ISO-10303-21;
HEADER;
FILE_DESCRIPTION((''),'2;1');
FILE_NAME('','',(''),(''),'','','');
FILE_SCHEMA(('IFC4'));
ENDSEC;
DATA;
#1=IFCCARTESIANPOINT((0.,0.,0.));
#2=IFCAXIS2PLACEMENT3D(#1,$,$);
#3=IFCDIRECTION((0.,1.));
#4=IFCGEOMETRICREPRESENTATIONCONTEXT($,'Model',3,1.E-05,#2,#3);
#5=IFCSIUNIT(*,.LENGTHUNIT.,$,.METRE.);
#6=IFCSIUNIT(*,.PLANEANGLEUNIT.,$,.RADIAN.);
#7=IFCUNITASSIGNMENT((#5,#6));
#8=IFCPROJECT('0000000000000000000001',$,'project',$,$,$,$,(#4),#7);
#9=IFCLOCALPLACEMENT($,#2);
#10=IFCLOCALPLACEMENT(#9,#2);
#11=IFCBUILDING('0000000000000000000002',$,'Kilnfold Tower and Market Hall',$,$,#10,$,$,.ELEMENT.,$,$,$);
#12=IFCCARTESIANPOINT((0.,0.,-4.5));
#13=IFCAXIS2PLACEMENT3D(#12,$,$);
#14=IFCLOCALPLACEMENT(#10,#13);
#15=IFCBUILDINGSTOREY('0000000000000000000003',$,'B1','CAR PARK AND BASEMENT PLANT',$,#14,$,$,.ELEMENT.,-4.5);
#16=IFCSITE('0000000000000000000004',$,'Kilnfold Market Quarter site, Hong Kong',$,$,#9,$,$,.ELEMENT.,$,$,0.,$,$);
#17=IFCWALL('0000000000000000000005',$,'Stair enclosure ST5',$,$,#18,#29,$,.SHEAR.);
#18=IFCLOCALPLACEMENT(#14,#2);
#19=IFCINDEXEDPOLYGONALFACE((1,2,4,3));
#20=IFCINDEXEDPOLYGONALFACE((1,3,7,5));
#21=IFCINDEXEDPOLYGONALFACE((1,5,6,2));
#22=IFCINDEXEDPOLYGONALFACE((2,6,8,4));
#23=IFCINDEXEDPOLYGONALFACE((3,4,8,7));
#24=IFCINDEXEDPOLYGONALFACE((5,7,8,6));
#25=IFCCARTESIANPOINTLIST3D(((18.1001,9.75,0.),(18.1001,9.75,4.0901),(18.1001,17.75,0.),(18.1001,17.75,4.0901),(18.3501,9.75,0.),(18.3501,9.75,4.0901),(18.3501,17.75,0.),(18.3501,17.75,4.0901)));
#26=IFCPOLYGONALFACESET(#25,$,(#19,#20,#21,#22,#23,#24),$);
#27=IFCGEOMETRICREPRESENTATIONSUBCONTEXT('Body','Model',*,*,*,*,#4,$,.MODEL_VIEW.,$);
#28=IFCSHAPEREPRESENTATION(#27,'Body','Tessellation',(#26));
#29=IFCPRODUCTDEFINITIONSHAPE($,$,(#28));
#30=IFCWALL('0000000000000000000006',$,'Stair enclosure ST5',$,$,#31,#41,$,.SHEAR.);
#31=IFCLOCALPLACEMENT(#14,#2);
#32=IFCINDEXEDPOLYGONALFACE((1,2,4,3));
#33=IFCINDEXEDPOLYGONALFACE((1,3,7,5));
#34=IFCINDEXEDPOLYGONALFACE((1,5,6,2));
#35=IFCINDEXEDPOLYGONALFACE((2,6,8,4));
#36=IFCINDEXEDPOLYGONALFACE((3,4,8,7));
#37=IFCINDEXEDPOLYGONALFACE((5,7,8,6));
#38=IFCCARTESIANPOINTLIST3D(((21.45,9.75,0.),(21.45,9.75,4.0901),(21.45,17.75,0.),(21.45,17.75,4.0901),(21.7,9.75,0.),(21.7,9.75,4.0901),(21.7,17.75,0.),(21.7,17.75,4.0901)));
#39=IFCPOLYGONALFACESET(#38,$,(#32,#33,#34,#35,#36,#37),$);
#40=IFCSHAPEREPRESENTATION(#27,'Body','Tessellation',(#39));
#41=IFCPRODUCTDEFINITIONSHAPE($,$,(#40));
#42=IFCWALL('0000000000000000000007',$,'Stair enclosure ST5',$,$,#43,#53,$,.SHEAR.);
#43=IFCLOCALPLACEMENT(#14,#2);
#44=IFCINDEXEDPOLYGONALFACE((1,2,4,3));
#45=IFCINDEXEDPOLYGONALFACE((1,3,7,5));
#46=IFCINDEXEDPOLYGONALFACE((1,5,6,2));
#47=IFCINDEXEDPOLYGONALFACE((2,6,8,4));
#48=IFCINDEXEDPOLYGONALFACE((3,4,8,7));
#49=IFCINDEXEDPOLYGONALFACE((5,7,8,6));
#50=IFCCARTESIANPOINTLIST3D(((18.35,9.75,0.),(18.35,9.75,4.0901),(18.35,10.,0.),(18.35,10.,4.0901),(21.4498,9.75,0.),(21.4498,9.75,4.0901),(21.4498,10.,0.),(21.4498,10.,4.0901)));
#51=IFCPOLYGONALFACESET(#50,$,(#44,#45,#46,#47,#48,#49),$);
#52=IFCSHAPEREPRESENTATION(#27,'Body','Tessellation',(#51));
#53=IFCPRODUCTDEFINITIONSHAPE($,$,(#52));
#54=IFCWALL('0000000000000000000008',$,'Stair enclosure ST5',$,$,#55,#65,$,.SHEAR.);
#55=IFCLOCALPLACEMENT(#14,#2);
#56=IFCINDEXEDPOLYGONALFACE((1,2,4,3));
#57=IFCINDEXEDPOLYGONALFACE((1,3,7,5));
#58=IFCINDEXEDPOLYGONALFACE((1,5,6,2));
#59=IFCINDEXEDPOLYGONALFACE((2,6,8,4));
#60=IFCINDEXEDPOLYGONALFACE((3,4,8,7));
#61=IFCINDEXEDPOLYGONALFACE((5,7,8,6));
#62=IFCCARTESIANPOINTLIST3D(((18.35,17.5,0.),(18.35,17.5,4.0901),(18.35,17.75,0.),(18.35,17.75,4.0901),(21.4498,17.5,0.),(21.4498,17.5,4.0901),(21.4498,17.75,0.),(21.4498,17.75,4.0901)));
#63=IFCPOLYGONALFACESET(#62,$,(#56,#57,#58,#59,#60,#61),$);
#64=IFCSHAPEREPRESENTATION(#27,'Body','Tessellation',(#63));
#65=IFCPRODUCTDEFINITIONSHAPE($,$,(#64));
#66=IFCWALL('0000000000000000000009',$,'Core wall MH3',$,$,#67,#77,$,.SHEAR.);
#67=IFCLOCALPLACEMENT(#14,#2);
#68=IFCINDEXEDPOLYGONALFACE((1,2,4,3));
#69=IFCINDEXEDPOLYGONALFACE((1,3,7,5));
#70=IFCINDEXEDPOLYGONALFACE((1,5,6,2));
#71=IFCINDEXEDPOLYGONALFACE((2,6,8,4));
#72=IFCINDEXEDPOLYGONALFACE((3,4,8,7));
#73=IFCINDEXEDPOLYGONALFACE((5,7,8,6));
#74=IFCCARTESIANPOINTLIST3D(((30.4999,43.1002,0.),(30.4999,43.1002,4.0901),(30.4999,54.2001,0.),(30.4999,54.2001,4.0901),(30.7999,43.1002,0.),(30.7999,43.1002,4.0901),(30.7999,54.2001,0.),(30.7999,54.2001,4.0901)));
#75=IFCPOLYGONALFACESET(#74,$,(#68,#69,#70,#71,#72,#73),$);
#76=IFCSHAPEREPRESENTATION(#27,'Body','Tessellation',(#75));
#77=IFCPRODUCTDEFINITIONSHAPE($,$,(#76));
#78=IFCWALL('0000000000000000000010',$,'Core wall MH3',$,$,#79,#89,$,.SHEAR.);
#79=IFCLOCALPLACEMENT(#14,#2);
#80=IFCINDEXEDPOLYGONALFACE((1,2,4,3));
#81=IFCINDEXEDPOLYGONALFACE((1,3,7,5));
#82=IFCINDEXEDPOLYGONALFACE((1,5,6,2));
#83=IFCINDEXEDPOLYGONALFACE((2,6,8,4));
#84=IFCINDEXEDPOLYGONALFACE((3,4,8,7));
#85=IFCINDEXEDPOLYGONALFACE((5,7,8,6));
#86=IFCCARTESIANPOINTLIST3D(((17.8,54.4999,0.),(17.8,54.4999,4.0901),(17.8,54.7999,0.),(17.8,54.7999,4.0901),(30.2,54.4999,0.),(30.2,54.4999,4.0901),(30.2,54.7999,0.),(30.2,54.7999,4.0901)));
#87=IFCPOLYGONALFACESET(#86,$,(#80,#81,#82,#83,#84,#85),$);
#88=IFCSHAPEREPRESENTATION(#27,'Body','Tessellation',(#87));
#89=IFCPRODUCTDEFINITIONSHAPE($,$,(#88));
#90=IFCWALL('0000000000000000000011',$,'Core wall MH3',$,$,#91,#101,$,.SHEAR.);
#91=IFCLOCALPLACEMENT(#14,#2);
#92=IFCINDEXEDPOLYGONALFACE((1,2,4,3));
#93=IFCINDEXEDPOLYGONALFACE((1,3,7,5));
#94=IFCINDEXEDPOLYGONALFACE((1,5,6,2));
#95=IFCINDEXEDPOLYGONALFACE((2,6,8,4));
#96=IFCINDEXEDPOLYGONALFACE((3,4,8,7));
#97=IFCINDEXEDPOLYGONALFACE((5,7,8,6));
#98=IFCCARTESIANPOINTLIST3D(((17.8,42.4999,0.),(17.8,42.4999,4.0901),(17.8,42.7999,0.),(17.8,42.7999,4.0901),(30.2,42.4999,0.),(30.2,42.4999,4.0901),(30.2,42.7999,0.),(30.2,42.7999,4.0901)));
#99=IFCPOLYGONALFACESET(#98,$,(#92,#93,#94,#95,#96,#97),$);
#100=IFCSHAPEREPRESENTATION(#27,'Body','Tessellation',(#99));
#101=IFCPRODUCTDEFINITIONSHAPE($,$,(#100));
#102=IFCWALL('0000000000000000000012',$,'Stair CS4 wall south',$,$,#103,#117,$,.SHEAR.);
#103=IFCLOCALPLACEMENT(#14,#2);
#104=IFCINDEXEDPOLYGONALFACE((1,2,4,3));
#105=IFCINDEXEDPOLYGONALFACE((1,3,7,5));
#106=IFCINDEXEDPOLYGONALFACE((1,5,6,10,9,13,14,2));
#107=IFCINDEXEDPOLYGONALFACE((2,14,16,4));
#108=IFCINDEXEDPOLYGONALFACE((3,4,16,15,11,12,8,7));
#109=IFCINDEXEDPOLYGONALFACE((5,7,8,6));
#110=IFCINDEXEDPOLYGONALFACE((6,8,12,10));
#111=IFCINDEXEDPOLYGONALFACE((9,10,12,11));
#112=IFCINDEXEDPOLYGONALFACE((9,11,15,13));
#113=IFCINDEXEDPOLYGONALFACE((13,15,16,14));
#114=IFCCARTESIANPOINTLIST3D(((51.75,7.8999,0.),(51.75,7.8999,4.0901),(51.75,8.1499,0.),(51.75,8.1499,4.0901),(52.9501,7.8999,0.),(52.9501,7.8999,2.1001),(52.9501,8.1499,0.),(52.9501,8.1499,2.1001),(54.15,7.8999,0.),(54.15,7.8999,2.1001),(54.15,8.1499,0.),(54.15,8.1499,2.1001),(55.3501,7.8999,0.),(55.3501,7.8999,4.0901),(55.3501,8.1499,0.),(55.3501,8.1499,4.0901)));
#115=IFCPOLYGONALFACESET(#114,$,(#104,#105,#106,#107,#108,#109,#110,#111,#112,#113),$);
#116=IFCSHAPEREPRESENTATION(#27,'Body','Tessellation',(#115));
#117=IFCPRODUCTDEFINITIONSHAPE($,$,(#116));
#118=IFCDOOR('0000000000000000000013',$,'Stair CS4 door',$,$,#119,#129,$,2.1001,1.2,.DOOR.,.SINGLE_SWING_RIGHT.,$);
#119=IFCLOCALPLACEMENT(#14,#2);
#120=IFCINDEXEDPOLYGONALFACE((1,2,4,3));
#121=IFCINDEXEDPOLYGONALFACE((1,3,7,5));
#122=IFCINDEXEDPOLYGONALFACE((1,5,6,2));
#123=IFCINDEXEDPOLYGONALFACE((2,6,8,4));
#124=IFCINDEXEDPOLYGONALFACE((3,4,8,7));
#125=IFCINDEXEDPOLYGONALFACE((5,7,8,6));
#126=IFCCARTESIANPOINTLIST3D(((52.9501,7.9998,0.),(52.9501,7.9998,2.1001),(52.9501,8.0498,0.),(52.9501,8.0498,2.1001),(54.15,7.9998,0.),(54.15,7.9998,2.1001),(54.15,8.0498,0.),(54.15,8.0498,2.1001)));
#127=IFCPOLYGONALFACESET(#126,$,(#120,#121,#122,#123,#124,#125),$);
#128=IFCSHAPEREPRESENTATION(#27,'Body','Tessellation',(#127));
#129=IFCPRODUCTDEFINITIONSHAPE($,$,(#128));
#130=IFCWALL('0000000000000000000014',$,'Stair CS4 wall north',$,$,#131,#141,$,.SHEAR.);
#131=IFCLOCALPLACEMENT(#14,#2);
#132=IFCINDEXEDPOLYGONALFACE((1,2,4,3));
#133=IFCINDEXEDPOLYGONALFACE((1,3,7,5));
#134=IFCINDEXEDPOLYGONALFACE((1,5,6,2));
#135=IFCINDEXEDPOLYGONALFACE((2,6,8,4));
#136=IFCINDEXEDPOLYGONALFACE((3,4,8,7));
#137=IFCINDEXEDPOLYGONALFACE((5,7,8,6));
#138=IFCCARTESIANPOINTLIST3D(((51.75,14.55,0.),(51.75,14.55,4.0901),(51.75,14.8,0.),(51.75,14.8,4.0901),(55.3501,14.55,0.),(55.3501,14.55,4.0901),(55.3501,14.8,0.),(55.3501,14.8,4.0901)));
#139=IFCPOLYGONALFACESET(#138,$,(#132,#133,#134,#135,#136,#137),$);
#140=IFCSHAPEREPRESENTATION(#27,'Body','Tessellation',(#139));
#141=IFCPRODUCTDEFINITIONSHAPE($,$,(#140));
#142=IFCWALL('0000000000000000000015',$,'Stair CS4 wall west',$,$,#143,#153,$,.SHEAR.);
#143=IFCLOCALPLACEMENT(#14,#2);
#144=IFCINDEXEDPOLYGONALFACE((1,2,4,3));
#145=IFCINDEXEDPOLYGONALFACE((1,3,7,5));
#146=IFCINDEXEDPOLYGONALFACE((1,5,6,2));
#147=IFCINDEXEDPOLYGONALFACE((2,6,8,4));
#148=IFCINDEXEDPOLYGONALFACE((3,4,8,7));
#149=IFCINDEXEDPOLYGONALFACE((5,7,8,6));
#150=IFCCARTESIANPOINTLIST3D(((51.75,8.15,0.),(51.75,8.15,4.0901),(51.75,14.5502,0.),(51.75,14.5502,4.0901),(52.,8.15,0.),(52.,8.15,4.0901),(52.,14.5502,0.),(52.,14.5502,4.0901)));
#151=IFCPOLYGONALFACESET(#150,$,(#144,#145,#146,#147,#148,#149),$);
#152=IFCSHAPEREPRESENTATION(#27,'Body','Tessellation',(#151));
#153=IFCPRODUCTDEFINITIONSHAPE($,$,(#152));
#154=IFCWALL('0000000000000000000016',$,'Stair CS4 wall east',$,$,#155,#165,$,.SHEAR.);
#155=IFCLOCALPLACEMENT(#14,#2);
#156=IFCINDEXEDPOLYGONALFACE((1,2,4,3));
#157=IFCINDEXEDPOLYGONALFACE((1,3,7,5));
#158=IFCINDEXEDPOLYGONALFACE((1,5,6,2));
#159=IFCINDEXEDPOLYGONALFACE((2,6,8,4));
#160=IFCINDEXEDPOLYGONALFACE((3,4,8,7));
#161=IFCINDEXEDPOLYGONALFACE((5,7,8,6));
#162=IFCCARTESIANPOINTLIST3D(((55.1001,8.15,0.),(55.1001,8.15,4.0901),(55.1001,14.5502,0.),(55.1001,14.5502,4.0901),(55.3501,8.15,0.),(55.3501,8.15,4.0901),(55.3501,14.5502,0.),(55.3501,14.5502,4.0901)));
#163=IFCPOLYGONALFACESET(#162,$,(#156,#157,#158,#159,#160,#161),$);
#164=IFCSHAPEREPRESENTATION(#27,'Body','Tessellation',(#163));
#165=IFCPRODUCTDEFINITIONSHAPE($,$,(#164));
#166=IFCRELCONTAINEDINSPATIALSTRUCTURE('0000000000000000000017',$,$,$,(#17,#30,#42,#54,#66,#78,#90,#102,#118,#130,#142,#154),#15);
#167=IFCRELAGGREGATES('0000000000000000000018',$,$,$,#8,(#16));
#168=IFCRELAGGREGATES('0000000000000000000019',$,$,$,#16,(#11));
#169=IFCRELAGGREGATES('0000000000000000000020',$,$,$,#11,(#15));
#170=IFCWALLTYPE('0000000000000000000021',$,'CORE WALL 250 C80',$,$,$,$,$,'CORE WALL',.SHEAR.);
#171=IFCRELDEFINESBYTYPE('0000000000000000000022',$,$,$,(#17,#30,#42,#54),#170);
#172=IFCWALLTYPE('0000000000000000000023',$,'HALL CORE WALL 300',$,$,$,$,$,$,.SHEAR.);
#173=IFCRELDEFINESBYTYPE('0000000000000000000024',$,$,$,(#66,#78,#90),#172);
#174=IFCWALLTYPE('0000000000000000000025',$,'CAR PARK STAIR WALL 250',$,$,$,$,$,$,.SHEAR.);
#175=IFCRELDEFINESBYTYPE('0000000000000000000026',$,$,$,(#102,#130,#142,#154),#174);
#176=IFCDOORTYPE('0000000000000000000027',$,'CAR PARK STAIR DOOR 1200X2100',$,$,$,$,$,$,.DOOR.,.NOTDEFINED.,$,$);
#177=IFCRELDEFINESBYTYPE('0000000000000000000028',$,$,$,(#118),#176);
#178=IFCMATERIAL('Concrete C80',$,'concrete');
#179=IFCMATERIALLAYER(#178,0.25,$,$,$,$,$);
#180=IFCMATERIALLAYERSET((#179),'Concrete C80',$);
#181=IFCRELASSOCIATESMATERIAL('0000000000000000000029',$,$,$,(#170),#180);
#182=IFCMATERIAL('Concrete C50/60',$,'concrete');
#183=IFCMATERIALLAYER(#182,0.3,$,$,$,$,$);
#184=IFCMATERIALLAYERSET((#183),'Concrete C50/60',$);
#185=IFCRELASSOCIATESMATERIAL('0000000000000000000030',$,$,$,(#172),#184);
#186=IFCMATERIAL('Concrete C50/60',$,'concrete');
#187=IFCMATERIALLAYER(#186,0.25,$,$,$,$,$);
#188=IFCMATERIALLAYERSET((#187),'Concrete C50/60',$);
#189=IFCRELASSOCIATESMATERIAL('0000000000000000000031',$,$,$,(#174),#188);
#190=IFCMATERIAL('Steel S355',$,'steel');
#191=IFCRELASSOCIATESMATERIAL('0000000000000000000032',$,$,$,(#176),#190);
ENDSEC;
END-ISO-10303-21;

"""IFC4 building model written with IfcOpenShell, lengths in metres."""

from ifc_helpers import new_model, si_unit, direction, frame, frame_2d, origin, place, context, subcontext, project, spatial, rectangle, extrude, source, transform, mapped, material, layer, layer_set, type_object, element, fill, save


model = new_model("IFC4")

# Units and contexts
model_context = context("Model", 3, precision=1e-05, world=origin(), true_north=direction((0.0, 1.0)))
body_context = subcontext(model_context, "Body", "Model", "MODEL_VIEW")
ifc_project = project(units=[si_unit("LENGTHUNIT", "METRE"), si_unit("PLANEANGLEUNIT", "RADIAN")], contexts=[model_context])

# Site, building, storey
site_placement = place(None, origin())
site = spatial("IfcSite", under=ifc_project, at=site_placement, Name="Kilnfold Market Quarter site, Hong Kong", CompositionType="ELEMENT", RefElevation=0.0)
building_placement = place(site_placement, origin())
building = spatial("IfcBuilding", under=site, at=building_placement, Name="Kilnfold Tower and Market Hall", CompositionType="ELEMENT")
storey_placement = place(building_placement, frame((0.0, 0.0, -4.5)))
storey = spatial("IfcBuildingStorey", under=building, at=storey_placement, Name="B1", Description="CAR PARK AND BASEMENT PLANT", CompositionType="ELEMENT", Elevation=-4.5)

# Walls
ifc_material_1 = material(Name="Concrete C80", Category="concrete")
ifc_layer_1 = layer(ifc_material_1, 0.25)
ifc_layer_set_1 = layer_set([ifc_layer_1], Name="Concrete C80")
wall_type_1 = type_object("IfcWallType", Name="CORE WALL 250 C80", ElementType="CORE WALL", PredefinedType="SHEAR", material=ifc_layer_set_1)
shared_shape_1 = source(origin(), body_context, "Body", "SweptSolid", [
    extrude(rectangle(XDim=8.0, YDim=0.25, at=frame_2d((4.0, 0.0))), origin(), (0.0, 0.0, 1.0), 4.0901),
])
for number, where, z_axis, x_axis, name in (
    (1, (18.2251, 9.75, 0.0), (0.0, 0.0, 1.0), (0.0, 1.0, 0.0), "Stair enclosure ST5"),
    (2, (21.575, 9.75, 0.0), (0.0, 0.0, 1.0), (0.0, 1.0, 0.0), "Stair enclosure ST5"),
):
    element("IfcWall", number, at=place(storey_placement, frame(where, z_axis=z_axis, x_axis=x_axis)), inside=storey, type_object=wall_type_1, Name=name, PredefinedType="SHEAR", context=body_context, shape_type="MappedRepresentation", body=[
        mapped(shared_shape_1, transform((0.0, 0.0, 0.0))),
    ])
shared_shape_2 = source(origin(), body_context, "Body", "SweptSolid", [
    extrude(rectangle(XDim=3.0999, YDim=0.25, at=frame_2d((1.5498, 0.0))), origin(), (0.0, 0.0, 1.0), 4.0901),
])
for number, where, z_axis, x_axis, name in (
    (3, (18.3501, 9.875, 0.0), (0.0, 0.0, 1.0), (1.0, 0.0, 0.0), "Stair enclosure ST5"),
    (4, (18.3501, 17.625, 0.0), (0.0, 0.0, 1.0), (1.0, 0.0, 0.0), "Stair enclosure ST5"),
):
    element("IfcWall", number, at=place(storey_placement, frame(where, z_axis=z_axis, x_axis=x_axis)), inside=storey, type_object=wall_type_1, Name=name, PredefinedType="SHEAR", context=body_context, shape_type="MappedRepresentation", body=[
        mapped(shared_shape_2, transform((0.0, 0.0, 0.0))),
    ])
ifc_material_2 = material(Name="Concrete C50/60", Category="concrete")
ifc_layer_2 = layer(ifc_material_2, 0.3)
ifc_layer_set_2 = layer_set([ifc_layer_2], Name="Concrete C50/60")
wall_type_2 = type_object("IfcWallType", Name="HALL CORE WALL 300", PredefinedType="SHEAR", material=ifc_layer_set_2)
shared_shape_3 = source(origin(), body_context, "Body", "SweptSolid", [
    extrude(rectangle(XDim=11.0999, YDim=0.3, at=frame_2d((5.5498, 0.0))), origin(), (0.0, 0.0, 1.0), 4.0901),
])
wall_1_placement = place(storey_placement, frame((30.6499, 54.2, 0.0), z_axis=(0.0, 0.0, 1.0), x_axis=(0.0, -1.0, 0.0)))
element("IfcWall", 5, at=wall_1_placement, inside=storey, type_object=wall_type_2, Name="Core wall MH3", PredefinedType="SHEAR", context=body_context, shape_type="MappedRepresentation", body=[
    mapped(shared_shape_3, transform((0.0, 0.0, 0.0))),
])
shared_shape_4 = source(origin(), body_context, "Body", "SweptSolid", [
    extrude(rectangle(XDim=12.3999, YDim=0.3, at=frame_2d((6.2, 0.0))), origin(), (0.0, 0.0, 1.0), 4.0901),
])
for number, where, z_axis, x_axis, name in (
    (6, (30.2, 54.6499, 0.0), (0.0, 0.0, 1.0), (-1.0, 0.0, 0.0), "Core wall MH3"),
    (7, (30.2, 42.6499, 0.0), (0.0, 0.0, 1.0), (-1.0, 0.0, 0.0), "Core wall MH3"),
):
    element("IfcWall", number, at=place(storey_placement, frame(where, z_axis=z_axis, x_axis=x_axis)), inside=storey, type_object=wall_type_2, Name=name, PredefinedType="SHEAR", context=body_context, shape_type="MappedRepresentation", body=[
        mapped(shared_shape_4, transform((0.0, 0.0, 0.0))),
    ])

# Wall, opening, door
ifc_material_3 = material(Name="Concrete C50/60", Category="concrete")
ifc_layer_3 = layer(ifc_material_3, 0.25)
ifc_layer_set_3 = layer_set([ifc_layer_3], Name="Concrete C50/60")
wall_type_3 = type_object("IfcWallType", Name="CAR PARK STAIR WALL 250", PredefinedType="SHEAR", material=ifc_layer_set_3)
shared_shape_5 = source(origin(), body_context, "Body", "SweptSolid", [
    extrude(rectangle(XDim=3.6001, YDim=0.25, at=frame_2d((1.8, 0.0))), origin(), (0.0, 0.0, 1.0), 4.0901),
])
wall_2_placement = place(storey_placement, frame((51.75, 8.0249, 0.0), z_axis=(0.0, 0.0, 1.0), x_axis=(1.0, 0.0, 0.0)))
wall_2 = element("IfcWall", 8, at=wall_2_placement, inside=storey, type_object=wall_type_3, Name="Stair CS4 wall south", PredefinedType="SHEAR", context=body_context, shape_type="MappedRepresentation", body=[
    mapped(shared_shape_5, transform((0.0, 0.0, 0.0))),
])
opening_placement = place(wall_2_placement, frame((1.2, 0.0, 0.0)))
opening = element("IfcOpeningElement", 9, at=opening_placement, cuts=wall_2, PredefinedType="OPENING", context=body_context, shape_type="SweptSolid", body=[
    extrude(rectangle(XDim=1.2, YDim=2.1001, at=frame_2d((0.6001, 1.05))), frame((0.0, 0.135, 0.0), z_axis=(0.0, -1.0, 0.0), x_axis=(1.0, 0.0, 0.0)), (0.0, 0.0, 1.0), 0.27),
])
ifc_material_4 = material(Name="Steel S355", Category="steel")
door_type = type_object("IfcDoorType", Name="CAR PARK STAIR DOOR 1200X2100", OperationType="NOTDEFINED", PredefinedType="DOOR", material=ifc_material_4)
door_placement = place(opening_placement, origin())
door = element("IfcDoor", 10, at=door_placement, inside=storey, type_object=door_type, Name="Stair CS4 door", OperationType="SINGLE_SWING_RIGHT", OverallHeight=2.1001, OverallWidth=1.2, PredefinedType="DOOR", context=body_context, shape_type="SweptSolid", body=[
    extrude(rectangle(XDim=1.2, YDim=2.1001, at=frame_2d((0.6001, 1.05))), frame((0.0, 0.0249, 0.0), z_axis=(0.0, -1.0, 0.0), x_axis=(1.0, 0.0, 0.0)), (0.0, 0.0, 1.0), 0.05),
])
fill(opening, door)

# Walls
wall_3_placement = place(storey_placement, frame((51.75, 14.675, 0.0), z_axis=(0.0, 0.0, 1.0), x_axis=(1.0, 0.0, 0.0)))
element("IfcWall", 11, at=wall_3_placement, inside=storey, type_object=wall_type_3, Name="Stair CS4 wall north", PredefinedType="SHEAR", context=body_context, shape_type="MappedRepresentation", body=[
    mapped(shared_shape_5, transform((0.0, 0.0, 0.0))),
])
shared_shape_6 = source(origin(), body_context, "Body", "SweptSolid", [
    extrude(rectangle(XDim=6.4001, YDim=0.25, at=frame_2d((3.2002, 0.0))), origin(), (0.0, 0.0, 1.0), 4.0901),
])
for number, where, z_axis, x_axis, name in (
    (12, (51.875, 8.1499, 0.0), (0.0, 0.0, 1.0), (0.0, 1.0, 0.0), "Stair CS4 wall west"),
    (13, (55.2251, 8.1499, 0.0), (0.0, 0.0, 1.0), (0.0, 1.0, 0.0), "Stair CS4 wall east"),
):
    element("IfcWall", number, at=place(storey_placement, frame(where, z_axis=z_axis, x_axis=x_axis)), inside=storey, type_object=wall_type_3, Name=name, PredefinedType="SHEAR", context=body_context, shape_type="MappedRepresentation", body=[
        mapped(shared_shape_6, transform((0.0, 0.0, 0.0))),
    ])

save(model, "model.ifc")
